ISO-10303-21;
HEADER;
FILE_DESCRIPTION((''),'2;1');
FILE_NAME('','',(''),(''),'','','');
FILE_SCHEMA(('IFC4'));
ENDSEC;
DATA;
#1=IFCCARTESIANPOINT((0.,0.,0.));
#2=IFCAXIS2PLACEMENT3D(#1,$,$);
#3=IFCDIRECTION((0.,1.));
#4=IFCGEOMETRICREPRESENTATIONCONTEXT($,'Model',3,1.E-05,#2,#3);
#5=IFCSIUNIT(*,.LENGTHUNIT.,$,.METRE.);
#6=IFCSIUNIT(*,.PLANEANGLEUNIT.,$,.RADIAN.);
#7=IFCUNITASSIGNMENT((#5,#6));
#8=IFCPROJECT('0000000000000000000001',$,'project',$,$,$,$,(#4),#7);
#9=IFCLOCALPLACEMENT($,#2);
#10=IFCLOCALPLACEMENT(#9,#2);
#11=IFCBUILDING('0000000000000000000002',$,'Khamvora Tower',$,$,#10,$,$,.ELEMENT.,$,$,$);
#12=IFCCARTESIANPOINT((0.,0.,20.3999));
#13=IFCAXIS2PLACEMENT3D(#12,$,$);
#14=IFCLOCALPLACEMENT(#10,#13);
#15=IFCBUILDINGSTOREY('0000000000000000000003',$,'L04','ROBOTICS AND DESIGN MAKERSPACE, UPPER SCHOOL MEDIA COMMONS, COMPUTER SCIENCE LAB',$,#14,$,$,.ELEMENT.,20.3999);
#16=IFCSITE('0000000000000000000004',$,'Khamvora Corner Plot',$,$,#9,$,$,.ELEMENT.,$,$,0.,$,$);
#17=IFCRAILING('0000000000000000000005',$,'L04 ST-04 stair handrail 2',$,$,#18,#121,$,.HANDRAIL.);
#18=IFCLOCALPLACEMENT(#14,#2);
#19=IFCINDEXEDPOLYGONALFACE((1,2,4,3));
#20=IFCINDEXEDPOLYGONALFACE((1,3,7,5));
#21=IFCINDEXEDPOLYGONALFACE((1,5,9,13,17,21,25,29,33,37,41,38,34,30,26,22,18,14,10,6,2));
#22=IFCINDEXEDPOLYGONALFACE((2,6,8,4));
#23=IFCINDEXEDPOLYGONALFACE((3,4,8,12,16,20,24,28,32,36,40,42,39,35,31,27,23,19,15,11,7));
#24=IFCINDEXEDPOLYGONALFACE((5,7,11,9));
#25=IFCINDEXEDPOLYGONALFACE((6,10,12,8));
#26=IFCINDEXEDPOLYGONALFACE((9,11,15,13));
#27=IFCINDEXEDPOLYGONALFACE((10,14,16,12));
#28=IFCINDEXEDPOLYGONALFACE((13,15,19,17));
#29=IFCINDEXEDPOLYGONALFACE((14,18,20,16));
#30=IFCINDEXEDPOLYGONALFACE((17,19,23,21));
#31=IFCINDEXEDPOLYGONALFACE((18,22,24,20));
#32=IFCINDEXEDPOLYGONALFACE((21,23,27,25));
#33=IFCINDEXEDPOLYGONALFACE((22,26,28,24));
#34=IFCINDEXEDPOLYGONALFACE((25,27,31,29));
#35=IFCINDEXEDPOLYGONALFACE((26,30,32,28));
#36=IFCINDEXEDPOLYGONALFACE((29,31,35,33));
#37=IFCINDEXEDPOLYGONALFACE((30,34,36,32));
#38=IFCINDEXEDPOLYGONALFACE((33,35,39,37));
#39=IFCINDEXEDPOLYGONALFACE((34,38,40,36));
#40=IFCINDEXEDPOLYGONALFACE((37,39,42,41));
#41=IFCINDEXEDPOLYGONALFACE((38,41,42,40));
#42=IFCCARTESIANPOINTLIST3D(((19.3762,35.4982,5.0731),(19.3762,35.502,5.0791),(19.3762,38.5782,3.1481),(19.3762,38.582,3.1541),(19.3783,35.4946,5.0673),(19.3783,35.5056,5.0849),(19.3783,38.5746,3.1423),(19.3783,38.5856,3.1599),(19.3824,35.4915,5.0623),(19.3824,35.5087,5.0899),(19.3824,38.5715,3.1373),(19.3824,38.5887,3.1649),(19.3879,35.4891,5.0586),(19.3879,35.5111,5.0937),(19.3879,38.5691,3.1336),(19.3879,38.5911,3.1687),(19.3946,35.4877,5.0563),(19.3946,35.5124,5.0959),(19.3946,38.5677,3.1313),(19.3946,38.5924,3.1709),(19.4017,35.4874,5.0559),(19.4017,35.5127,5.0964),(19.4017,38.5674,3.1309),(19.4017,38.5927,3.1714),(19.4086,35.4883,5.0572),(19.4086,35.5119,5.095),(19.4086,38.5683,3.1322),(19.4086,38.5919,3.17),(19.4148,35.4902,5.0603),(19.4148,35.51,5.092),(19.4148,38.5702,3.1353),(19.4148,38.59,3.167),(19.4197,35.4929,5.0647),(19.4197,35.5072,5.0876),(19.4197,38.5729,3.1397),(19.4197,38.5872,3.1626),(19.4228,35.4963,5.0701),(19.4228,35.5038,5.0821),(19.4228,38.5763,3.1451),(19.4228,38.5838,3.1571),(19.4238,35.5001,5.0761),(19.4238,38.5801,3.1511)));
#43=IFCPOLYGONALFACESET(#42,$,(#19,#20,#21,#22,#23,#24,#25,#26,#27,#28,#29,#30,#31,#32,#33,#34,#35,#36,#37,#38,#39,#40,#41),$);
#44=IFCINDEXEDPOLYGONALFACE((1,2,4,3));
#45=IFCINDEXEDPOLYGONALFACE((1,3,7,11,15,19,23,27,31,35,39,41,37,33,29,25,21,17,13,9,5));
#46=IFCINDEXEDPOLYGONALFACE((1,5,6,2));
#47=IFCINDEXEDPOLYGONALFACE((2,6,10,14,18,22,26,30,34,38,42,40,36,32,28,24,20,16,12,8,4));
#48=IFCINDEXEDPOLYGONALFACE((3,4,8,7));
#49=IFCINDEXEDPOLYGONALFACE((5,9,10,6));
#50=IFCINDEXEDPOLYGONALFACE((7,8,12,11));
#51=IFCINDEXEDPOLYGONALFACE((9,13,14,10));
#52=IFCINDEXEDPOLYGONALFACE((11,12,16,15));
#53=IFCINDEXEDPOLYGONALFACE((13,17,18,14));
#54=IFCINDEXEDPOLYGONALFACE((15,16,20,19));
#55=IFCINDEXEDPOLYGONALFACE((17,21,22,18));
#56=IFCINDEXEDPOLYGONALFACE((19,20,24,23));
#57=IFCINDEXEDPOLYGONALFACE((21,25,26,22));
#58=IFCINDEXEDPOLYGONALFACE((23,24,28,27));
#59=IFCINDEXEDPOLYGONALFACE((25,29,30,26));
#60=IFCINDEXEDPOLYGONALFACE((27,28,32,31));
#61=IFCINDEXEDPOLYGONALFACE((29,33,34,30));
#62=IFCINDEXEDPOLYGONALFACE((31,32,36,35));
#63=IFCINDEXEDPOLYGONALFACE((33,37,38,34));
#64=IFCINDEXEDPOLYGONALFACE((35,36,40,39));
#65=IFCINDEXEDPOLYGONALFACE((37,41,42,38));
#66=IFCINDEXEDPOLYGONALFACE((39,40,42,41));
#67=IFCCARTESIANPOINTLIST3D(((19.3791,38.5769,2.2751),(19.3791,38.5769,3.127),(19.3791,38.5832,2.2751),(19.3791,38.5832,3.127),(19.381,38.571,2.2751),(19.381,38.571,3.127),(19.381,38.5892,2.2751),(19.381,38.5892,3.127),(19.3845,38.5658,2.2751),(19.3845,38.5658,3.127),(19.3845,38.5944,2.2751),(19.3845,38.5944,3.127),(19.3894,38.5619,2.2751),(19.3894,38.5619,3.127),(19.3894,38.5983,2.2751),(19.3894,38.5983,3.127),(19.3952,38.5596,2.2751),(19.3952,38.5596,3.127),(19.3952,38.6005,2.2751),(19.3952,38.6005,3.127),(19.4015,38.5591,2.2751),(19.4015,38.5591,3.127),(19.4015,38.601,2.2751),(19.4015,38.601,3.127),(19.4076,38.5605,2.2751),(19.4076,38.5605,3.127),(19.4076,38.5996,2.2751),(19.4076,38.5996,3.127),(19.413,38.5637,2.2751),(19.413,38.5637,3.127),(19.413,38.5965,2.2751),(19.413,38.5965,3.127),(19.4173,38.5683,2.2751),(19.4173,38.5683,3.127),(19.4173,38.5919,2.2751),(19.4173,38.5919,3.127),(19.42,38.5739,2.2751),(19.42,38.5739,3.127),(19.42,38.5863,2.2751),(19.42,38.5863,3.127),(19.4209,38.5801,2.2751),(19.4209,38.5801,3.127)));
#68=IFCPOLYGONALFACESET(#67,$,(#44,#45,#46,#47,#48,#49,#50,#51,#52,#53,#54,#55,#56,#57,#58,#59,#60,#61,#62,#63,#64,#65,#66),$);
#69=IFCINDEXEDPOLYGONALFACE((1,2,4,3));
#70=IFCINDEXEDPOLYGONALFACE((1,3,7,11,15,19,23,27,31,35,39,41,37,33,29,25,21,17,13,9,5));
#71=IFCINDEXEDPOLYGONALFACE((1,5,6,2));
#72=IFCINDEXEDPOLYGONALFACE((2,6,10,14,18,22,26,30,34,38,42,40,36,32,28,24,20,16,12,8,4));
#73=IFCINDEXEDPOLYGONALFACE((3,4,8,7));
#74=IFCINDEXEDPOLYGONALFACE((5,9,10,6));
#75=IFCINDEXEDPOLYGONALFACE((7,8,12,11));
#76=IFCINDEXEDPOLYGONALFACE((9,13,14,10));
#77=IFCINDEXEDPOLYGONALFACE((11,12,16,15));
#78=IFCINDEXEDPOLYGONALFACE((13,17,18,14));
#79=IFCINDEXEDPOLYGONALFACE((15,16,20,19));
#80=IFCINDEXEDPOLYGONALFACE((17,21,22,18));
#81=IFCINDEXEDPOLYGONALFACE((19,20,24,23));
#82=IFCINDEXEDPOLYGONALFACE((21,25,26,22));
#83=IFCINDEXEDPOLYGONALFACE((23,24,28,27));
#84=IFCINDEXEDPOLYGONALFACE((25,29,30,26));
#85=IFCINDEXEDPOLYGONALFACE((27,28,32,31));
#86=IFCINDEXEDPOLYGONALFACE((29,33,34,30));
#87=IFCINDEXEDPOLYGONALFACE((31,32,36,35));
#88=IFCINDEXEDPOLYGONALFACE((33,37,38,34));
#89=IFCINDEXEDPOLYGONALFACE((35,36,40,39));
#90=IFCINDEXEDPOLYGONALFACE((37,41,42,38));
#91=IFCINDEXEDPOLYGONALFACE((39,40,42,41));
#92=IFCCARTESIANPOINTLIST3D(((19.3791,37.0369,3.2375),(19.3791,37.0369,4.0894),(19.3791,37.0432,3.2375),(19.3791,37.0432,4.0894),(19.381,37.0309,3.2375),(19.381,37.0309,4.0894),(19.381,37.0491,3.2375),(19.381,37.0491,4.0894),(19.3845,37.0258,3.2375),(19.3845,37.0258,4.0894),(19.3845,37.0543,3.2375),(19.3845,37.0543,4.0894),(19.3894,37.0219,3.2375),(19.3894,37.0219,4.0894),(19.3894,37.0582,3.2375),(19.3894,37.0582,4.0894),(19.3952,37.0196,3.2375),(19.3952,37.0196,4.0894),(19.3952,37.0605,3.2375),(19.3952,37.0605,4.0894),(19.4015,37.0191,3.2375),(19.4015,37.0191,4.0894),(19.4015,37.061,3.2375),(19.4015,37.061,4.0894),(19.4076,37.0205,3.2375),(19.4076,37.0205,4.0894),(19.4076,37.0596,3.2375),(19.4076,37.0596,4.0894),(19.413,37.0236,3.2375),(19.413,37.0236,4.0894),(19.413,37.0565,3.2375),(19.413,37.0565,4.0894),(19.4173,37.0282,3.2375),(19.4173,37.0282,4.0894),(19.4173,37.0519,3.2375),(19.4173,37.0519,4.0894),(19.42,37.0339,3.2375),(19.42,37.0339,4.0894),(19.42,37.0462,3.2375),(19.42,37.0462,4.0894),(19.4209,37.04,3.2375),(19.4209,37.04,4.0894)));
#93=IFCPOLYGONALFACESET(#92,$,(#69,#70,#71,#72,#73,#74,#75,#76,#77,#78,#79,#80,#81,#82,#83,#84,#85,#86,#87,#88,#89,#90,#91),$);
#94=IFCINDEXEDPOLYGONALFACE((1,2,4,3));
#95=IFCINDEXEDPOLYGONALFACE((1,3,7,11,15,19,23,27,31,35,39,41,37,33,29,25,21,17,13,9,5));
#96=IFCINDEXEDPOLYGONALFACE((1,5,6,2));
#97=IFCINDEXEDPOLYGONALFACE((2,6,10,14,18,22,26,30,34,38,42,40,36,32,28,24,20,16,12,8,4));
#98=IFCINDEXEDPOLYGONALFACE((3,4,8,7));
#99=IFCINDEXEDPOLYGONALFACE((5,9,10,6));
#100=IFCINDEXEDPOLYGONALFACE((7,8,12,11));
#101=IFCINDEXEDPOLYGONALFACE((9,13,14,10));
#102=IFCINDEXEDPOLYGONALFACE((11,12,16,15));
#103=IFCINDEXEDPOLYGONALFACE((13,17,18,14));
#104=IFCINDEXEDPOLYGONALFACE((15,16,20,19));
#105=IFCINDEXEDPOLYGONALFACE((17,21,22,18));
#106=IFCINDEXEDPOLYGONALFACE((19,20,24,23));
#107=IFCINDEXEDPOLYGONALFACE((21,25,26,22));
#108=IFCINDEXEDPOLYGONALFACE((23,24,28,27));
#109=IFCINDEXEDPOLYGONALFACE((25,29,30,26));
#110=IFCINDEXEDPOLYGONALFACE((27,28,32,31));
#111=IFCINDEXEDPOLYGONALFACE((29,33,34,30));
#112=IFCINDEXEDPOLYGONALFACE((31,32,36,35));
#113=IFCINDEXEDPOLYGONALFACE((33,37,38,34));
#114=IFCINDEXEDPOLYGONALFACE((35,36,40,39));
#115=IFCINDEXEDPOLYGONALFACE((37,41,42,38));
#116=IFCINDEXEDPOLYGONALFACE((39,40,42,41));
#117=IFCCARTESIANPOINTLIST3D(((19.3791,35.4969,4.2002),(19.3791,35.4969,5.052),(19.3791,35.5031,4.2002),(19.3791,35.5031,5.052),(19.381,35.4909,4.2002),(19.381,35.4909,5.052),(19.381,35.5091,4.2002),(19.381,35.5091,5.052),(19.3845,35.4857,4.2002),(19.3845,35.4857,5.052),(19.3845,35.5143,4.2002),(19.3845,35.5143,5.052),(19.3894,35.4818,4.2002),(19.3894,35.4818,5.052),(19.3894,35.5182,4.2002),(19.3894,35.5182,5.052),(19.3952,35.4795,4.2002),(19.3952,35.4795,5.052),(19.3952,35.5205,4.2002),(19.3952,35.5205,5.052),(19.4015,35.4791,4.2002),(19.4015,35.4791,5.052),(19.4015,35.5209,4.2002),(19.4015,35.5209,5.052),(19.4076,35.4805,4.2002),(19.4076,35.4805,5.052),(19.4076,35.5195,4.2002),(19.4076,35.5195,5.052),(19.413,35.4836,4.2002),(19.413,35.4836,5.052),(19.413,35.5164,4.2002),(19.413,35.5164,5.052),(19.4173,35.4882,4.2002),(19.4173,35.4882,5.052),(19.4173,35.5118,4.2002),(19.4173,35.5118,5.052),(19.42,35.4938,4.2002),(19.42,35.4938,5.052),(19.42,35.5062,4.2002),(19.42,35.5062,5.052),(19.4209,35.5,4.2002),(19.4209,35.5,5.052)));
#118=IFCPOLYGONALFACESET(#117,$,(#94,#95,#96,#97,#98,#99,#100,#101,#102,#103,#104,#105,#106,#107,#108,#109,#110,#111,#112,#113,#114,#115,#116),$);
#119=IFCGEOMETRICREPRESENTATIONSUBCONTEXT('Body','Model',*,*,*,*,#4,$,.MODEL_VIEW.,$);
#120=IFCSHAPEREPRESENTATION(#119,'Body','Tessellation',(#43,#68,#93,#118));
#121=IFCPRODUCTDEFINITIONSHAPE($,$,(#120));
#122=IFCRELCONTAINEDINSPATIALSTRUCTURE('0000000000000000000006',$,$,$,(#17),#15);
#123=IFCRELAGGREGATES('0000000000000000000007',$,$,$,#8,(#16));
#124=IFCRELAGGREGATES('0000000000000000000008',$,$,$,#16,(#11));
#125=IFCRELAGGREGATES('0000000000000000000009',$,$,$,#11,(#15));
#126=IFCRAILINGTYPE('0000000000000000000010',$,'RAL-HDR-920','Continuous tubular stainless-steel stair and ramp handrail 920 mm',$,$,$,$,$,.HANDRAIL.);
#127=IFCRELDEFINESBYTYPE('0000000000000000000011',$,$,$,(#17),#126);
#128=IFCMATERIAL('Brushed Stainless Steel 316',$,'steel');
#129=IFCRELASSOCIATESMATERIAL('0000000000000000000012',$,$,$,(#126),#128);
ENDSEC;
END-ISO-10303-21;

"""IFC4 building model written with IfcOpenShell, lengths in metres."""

from ifc_helpers import new_model, si_unit, direction, frame, origin, origin_2d, place, context, subcontext, project, spatial, circle, extrude, material, type_object, element, save


model = new_model("IFC4")

# Units and contexts
model_context = context("Model", 3, precision=1e-05, world=origin(), true_north=direction((0.0, 1.0)))
body_context = subcontext(model_context, "Body", "Model", "MODEL_VIEW")
ifc_project = project(units=[si_unit("LENGTHUNIT", "METRE"), si_unit("PLANEANGLEUNIT", "RADIAN")], contexts=[model_context])

# Site, building, storey
site_placement = place(None, origin())
site = spatial("IfcSite", under=ifc_project, at=site_placement, Name="Khamvora Corner Plot", CompositionType="ELEMENT", RefElevation=0.0)
building_placement = place(site_placement, origin())
building = spatial("IfcBuilding", under=site, at=building_placement, Name="Khamvora Tower", CompositionType="ELEMENT")
storey_placement = place(building_placement, frame((0.0, 0.0, 20.3999)))
storey = spatial("IfcBuildingStorey", under=building, at=storey_placement, Name="L04", Description="ROBOTICS AND DESIGN MAKERSPACE, UPPER SCHOOL MEDIA COMMONS, COMPUTER SCIENCE LAB", CompositionType="ELEMENT", Elevation=20.3999)

# Railing
ifc_material_1 = material(Name="Brushed Stainless Steel 316", Category="steel")
railing_type_1 = type_object("IfcRailingType", Name="RAL-HDR-920", Description="Continuous tubular stainless-steel stair and ramp handrail 920 mm", PredefinedType="HANDRAIL", material=ifc_material_1)
railing_1_placement = place(storey_placement, frame((19.3999, 38.5801, 2.2751)))
element("IfcRailing", 1, at=railing_1_placement, inside=storey, type_object=railing_type_1, Name="L04 ST-04 stair handrail 2", PredefinedType="HANDRAIL", context=body_context, shape_type="SweptSolid", body=[
    extrude(circle(Radius=0.0239, at=origin_2d()), frame((0.0, 0.0, 0.876), z_axis=(0.0, -0.847998, 0.529999), x_axis=(1.0, 0.0, 0.0)), (0.0, 0.0, 1.0), 3.6321),
    extrude(circle(Radius=0.021, at=origin_2d()), origin(), (0.0, 0.0, 1.0), 0.8518),
    extrude(circle(Radius=0.021, at=origin_2d()), frame((0.0, -1.54, 0.9624)), (0.0, 0.0, 1.0), 0.8518),
    extrude(circle(Radius=0.021, at=origin_2d()), frame((0.0, -3.0801, 1.925)), (0.0, 0.0, 1.0), 0.8518),
])

save(model, "model.ifc")
